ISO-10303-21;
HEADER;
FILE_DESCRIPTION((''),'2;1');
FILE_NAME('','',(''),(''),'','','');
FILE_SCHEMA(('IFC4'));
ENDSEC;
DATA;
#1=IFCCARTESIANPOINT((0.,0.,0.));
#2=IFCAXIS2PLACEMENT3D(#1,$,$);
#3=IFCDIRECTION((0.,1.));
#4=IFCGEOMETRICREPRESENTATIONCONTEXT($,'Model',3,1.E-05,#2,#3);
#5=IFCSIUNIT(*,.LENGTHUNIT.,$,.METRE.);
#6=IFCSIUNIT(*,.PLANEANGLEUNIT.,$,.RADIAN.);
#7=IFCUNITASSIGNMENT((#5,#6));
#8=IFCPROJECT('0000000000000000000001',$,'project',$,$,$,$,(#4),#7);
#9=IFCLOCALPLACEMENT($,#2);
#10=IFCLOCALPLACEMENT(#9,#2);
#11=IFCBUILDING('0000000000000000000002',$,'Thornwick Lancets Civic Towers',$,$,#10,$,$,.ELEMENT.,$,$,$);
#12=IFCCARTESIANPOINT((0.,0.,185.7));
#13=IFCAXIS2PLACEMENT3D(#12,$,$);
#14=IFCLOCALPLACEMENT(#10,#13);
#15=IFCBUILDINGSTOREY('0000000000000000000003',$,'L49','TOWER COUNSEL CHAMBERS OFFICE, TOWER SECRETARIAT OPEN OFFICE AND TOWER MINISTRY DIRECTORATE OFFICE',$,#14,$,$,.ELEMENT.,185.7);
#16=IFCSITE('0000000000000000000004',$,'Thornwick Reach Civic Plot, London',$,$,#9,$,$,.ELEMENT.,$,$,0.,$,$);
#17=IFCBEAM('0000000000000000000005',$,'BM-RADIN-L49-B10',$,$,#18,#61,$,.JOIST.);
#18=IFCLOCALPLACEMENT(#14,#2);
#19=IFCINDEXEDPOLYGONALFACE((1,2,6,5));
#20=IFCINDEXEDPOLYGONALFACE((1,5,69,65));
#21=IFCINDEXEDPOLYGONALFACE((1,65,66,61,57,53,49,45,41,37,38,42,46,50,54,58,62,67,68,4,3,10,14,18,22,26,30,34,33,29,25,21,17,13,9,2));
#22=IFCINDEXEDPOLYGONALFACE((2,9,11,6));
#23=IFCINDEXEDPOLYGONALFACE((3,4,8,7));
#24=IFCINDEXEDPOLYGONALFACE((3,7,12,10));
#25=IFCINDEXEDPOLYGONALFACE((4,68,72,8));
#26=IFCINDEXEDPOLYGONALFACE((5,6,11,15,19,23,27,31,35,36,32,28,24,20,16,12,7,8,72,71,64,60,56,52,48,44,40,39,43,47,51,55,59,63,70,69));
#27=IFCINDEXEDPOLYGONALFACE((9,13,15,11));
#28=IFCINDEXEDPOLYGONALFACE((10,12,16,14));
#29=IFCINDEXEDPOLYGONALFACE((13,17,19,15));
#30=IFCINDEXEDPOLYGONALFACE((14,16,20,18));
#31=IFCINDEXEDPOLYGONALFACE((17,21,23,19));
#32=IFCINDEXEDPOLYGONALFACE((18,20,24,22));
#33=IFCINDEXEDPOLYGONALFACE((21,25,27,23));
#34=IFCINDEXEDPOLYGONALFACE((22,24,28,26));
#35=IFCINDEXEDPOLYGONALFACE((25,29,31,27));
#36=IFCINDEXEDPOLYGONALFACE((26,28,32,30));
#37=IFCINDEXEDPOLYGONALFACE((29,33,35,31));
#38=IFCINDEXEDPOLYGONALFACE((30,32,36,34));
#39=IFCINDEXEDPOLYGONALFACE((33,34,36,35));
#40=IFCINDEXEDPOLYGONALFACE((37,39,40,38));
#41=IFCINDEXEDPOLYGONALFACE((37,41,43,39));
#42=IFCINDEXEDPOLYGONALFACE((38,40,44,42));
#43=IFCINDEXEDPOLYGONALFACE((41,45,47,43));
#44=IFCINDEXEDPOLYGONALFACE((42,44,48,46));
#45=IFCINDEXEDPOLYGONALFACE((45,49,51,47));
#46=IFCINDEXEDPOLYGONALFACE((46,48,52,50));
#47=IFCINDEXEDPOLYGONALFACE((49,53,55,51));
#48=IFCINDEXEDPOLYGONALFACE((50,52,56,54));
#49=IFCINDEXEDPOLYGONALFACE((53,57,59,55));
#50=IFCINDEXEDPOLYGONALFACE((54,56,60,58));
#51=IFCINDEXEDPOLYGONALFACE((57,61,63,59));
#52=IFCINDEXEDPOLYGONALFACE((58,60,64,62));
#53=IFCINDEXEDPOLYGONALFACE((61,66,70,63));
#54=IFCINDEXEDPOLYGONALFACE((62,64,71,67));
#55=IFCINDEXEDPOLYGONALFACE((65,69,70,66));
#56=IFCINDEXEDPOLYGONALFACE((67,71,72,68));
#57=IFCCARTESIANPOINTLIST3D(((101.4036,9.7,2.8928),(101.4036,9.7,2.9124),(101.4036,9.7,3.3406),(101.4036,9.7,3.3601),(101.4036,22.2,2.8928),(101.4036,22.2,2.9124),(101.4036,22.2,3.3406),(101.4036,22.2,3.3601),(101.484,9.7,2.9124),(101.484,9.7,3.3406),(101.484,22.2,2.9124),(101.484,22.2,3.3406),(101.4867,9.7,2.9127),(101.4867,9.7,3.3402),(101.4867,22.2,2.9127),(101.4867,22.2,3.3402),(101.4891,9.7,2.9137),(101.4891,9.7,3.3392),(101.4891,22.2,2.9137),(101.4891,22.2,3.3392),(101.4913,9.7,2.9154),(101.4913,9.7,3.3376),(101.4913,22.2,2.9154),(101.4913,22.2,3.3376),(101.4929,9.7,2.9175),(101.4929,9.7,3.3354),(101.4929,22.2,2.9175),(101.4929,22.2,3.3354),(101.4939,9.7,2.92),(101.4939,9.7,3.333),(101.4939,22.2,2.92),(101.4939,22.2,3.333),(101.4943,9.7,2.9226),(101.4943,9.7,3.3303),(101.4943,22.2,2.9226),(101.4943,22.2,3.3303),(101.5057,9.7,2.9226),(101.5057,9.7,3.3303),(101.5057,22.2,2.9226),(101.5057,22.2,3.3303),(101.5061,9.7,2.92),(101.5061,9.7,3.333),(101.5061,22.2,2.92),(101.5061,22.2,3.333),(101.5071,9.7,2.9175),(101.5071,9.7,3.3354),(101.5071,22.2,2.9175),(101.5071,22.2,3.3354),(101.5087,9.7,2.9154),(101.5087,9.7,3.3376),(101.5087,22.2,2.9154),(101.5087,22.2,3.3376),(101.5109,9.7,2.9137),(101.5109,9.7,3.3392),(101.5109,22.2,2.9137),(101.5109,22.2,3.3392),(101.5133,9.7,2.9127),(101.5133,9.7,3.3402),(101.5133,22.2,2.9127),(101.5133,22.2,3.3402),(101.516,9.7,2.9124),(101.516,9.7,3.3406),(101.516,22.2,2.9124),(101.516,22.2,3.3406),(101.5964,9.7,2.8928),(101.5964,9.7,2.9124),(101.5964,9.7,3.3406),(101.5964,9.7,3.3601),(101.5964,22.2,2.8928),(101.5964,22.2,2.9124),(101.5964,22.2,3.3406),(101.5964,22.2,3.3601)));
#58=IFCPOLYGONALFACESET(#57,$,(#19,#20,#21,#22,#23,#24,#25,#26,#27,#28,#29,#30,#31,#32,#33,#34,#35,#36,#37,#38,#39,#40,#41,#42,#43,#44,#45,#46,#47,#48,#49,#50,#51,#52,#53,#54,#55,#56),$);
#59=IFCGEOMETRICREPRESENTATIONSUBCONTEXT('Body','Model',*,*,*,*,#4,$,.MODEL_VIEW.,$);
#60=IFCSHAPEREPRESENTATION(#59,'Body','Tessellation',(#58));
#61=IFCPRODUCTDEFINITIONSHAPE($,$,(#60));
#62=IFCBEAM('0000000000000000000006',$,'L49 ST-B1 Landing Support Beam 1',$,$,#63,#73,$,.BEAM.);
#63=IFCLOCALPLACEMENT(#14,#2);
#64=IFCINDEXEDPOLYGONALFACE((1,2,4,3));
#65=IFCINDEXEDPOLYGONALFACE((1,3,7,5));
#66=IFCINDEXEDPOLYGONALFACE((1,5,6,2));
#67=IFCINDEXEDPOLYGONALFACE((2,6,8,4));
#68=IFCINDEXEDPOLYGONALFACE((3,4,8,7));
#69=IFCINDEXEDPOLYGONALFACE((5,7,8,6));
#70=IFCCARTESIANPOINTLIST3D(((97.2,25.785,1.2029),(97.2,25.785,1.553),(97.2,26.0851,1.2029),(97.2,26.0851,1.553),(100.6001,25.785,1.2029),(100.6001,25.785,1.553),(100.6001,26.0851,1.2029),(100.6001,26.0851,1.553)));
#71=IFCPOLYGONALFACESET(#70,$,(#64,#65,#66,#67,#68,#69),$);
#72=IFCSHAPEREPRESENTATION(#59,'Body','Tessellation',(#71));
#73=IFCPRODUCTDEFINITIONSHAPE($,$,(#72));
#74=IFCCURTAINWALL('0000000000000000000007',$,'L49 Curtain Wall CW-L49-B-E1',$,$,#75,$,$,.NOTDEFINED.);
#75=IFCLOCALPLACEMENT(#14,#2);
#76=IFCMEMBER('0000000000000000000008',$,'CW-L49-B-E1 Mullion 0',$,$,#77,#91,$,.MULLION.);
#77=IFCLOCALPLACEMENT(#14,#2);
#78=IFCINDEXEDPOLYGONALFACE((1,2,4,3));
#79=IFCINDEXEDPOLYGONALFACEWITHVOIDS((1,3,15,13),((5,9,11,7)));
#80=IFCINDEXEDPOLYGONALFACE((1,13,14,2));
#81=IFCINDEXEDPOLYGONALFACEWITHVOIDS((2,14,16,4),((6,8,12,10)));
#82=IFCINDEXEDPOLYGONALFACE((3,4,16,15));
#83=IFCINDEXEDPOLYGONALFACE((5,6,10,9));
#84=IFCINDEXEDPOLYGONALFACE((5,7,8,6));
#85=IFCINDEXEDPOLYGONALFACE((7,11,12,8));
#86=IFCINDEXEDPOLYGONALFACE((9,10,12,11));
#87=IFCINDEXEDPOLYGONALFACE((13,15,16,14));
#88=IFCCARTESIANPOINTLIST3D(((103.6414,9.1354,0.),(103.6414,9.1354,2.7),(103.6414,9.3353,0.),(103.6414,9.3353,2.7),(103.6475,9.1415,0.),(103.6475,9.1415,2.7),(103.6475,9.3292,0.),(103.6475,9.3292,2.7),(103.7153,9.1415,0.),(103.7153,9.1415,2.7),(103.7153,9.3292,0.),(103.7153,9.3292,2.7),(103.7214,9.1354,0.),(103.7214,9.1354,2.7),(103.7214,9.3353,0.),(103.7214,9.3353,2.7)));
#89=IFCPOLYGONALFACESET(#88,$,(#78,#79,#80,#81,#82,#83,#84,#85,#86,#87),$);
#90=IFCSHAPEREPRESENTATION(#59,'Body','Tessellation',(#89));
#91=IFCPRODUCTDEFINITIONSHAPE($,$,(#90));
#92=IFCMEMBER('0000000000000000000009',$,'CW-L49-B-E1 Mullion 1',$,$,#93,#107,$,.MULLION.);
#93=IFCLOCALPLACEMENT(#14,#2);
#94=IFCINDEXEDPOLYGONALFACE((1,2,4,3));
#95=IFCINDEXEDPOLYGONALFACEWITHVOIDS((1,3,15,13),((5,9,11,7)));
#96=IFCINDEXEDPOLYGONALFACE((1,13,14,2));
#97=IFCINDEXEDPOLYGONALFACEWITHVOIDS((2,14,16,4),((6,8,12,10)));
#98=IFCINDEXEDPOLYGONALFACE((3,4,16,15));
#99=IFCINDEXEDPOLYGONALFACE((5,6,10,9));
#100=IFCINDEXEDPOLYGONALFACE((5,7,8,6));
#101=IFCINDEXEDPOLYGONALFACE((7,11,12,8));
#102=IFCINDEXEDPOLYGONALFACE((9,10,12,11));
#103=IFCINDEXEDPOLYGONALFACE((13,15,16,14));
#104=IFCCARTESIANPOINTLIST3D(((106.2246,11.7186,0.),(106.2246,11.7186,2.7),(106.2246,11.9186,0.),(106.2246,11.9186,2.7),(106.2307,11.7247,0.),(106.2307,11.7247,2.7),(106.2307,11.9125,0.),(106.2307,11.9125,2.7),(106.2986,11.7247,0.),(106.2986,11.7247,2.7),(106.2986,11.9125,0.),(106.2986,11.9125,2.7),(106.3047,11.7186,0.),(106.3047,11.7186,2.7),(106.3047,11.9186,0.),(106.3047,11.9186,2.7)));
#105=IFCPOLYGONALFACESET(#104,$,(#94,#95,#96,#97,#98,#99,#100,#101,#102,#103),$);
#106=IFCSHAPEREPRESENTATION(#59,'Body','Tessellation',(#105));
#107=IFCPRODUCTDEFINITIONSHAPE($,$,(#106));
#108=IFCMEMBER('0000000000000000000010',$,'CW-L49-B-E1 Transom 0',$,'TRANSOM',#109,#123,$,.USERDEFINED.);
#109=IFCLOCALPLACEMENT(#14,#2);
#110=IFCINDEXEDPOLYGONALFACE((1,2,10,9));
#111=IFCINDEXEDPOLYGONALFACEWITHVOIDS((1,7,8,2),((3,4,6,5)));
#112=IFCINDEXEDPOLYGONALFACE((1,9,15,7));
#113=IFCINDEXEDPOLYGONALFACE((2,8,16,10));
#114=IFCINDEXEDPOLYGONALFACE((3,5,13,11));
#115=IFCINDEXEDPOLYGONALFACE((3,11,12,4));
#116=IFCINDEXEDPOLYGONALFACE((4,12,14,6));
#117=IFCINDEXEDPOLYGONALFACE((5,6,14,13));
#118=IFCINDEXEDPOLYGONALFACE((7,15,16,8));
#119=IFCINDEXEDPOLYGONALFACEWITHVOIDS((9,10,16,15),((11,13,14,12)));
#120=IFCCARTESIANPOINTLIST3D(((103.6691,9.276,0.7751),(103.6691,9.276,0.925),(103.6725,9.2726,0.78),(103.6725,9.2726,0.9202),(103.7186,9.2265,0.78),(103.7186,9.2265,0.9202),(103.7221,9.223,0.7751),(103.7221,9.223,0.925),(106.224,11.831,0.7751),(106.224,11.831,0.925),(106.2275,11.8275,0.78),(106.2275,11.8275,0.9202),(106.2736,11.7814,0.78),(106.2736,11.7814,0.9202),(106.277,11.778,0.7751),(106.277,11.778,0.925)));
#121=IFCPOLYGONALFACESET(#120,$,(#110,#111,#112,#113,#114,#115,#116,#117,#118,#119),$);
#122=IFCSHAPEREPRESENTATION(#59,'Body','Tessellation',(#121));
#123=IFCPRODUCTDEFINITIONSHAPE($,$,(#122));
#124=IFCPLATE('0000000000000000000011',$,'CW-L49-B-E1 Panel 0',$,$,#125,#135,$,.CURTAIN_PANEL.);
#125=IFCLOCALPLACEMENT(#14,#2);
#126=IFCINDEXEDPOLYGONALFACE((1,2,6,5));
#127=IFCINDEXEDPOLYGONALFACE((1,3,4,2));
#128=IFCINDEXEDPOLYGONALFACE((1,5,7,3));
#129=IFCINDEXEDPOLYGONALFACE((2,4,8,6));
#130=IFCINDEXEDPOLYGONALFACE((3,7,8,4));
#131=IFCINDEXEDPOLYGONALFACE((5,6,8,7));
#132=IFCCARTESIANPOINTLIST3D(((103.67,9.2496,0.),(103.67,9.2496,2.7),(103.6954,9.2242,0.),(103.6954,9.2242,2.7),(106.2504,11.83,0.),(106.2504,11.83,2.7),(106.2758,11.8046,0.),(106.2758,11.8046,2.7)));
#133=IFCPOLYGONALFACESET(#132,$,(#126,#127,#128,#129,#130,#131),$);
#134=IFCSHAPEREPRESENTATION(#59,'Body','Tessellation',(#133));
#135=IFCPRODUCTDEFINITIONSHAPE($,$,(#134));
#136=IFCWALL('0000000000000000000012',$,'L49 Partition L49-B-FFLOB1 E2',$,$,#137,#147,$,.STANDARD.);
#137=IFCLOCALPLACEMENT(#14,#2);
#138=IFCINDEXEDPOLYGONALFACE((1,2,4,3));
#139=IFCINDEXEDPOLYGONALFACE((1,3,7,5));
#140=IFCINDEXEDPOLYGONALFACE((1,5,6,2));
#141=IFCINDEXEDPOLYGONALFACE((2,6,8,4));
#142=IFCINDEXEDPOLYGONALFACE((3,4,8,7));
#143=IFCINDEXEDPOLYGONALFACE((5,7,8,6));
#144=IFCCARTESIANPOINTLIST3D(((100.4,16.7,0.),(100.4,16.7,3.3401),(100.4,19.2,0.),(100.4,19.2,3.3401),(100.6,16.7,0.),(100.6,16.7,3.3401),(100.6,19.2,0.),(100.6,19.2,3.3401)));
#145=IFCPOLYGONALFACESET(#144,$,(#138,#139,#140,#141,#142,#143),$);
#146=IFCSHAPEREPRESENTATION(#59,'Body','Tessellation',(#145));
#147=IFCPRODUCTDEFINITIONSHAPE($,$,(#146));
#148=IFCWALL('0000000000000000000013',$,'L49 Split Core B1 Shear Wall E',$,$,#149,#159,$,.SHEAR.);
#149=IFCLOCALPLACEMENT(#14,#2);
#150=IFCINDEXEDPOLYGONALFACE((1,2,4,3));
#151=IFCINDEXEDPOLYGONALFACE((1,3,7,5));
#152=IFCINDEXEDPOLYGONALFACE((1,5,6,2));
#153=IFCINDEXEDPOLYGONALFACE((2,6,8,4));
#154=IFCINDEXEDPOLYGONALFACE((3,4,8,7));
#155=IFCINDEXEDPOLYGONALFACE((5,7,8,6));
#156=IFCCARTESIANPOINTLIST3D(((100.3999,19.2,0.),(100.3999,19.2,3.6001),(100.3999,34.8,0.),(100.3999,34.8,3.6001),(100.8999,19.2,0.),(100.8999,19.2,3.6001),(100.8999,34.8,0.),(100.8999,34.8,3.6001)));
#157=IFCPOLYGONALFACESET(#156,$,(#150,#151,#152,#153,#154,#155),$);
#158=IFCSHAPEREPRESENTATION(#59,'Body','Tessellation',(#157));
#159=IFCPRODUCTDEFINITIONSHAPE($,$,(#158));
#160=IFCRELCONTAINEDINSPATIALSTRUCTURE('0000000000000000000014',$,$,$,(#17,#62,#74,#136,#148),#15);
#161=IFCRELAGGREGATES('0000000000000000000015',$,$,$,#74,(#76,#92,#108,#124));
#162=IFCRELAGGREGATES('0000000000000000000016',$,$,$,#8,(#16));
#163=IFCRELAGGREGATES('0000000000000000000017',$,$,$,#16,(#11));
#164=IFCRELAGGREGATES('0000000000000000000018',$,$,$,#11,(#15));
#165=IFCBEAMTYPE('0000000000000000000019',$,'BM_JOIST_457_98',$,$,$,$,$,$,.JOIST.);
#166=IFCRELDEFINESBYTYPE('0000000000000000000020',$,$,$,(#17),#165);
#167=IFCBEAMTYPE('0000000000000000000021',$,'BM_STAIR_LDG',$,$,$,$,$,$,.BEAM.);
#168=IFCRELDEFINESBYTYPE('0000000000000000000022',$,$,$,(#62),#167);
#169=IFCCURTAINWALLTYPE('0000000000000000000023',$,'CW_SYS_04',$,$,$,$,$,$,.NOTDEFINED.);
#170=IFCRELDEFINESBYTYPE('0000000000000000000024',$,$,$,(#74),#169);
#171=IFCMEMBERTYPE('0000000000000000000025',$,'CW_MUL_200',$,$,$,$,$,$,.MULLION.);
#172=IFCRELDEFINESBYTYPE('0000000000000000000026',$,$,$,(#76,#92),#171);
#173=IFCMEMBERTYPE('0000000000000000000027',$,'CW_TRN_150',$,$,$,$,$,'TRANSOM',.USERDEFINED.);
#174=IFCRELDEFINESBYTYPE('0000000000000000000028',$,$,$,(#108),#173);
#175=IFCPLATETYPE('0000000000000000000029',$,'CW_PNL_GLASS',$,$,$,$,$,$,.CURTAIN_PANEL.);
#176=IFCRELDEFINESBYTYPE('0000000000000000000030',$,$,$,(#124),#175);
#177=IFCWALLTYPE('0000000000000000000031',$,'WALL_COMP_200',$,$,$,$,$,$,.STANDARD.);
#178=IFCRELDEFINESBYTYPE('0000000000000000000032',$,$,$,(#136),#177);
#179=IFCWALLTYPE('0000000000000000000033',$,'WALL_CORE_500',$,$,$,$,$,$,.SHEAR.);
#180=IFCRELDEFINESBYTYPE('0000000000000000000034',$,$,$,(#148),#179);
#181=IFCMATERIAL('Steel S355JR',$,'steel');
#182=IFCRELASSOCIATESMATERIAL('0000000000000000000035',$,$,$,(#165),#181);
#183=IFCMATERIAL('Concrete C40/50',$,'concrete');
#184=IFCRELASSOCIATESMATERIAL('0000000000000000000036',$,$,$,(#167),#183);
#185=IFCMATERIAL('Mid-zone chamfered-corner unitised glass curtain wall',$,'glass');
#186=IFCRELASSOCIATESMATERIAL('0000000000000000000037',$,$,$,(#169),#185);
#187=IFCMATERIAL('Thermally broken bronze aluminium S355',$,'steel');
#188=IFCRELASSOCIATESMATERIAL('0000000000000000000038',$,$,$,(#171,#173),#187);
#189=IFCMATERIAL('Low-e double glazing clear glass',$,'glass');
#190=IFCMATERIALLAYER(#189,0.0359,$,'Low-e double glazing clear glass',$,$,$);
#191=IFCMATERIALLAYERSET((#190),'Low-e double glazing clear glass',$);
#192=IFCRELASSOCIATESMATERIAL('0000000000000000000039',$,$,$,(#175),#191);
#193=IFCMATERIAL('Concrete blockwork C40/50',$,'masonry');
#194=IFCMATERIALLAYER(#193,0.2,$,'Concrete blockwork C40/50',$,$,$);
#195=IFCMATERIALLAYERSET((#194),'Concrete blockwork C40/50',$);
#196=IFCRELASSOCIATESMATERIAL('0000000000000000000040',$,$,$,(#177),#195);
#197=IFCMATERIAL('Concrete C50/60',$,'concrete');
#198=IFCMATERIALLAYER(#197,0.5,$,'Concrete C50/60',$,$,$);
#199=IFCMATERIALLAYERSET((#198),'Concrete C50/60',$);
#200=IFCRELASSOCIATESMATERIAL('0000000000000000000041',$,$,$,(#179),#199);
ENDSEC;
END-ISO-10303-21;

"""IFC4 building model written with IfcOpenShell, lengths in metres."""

from ifc_helpers import new_model, si_unit, direction, frame, frame_2d, origin, origin_2d, place, context, subcontext, project, spatial, rectangle, hollow_rectangle, i_section, extrude, material, layer, layer_set, material_profile, profile_set, type_object, element, aggregate, save


model = new_model("IFC4")

# Units and contexts
model_context = context("Model", 3, precision=1e-05, world=origin(), true_north=direction((0.0, 1.0)))
body_context = subcontext(model_context, "Body", "Model", "MODEL_VIEW")
ifc_project = project(units=[si_unit("LENGTHUNIT", "METRE"), si_unit("PLANEANGLEUNIT", "RADIAN")], contexts=[model_context])

# Site, building, storey
site_placement = place(None, origin())
site = spatial("IfcSite", under=ifc_project, at=site_placement, Name="Thornwick Reach Civic Plot, London", CompositionType="ELEMENT", RefElevation=0.0)
building_placement = place(site_placement, origin())
building = spatial("IfcBuilding", under=site, at=building_placement, Name="Thornwick Lancets Civic Towers", CompositionType="ELEMENT")
storey_placement = place(building_placement, frame((0.0, 0.0, 185.7)))
storey = spatial("IfcBuildingStorey", under=building, at=storey_placement, Name="L49", Description="TOWER COUNSEL CHAMBERS OFFICE, TOWER SECRETARIAT OPEN OFFICE AND TOWER MINISTRY DIRECTORATE OFFICE", CompositionType="ELEMENT", Elevation=185.7)

# Shared definitions
ifc_material_1 = material(Name="Concrete C50/60", Category="concrete")

# Beams
ifc_material_2 = material(Name="Steel S355JR", Category="steel")
ifc_material_profile_1 = material_profile(ifc_material_2, i_section(OverallWidth=0.1929, OverallDepth=0.4673, WebThickness=0.0115, FlangeThickness=0.0195, FilletRadius=0.0103, at=origin_2d()), Name="UKB 457x191x98")
ifc_profile_set_1 = profile_set([ifc_material_profile_1], Name="Steel S355JR")
beam_type_1 = type_object("IfcBeamType", Name="BM_JOIST_457_98", PredefinedType="JOIST", material=ifc_profile_set_1)
beam_1_placement = place(storey_placement, frame((101.5, 22.2, 3.1265), z_axis=(0.0, -1.0, 0.0), x_axis=(1.0, 0.0, 0.0)))
element("IfcBeam", 1, at=beam_1_placement, inside=storey, type_object=beam_type_1, Name="BM-RADIN-L49-B10", PredefinedType="JOIST", context=body_context, shape_type="SweptSolid", body=[
    extrude(i_section(OverallWidth=0.1929, OverallDepth=0.4673, WebThickness=0.0115, FlangeThickness=0.0195, FilletRadius=0.0103, at=origin_2d()), origin(), (0.0, 0.0, 1.0), 12.5),
])
ifc_material_3 = material(Name="Concrete C40/50", Category="concrete")
ifc_material_profile_2 = material_profile(ifc_material_3, rectangle(XDim=0.3, YDim=0.3501, at=origin_2d()), Name="RC 300x350")
ifc_profile_set_2 = profile_set([ifc_material_profile_2], Name="Concrete C40/50")
beam_type_2 = type_object("IfcBeamType", Name="BM_STAIR_LDG", PredefinedType="BEAM", material=ifc_profile_set_2)
beam_2_placement = place(storey_placement, frame((100.6001, 25.9351, 1.3779), z_axis=(-1.0, 0.0, 0.0), x_axis=(0.0, -1.0, 0.0)))
element("IfcBeam", 2, at=beam_2_placement, inside=storey, type_object=beam_type_2, Name="L49 ST-B1 Landing Support Beam 1", PredefinedType="BEAM", context=body_context, shape_type="SweptSolid", body=[
    extrude(rectangle(XDim=0.3, YDim=0.3501, at=origin_2d()), origin(), (0.0, 0.0, 1.0), 3.4001),
])

# Curtain wall, members, plate
ifc_material_4 = material(Name="Mid-zone chamfered-corner unitised glass curtain wall", Category="glass")
curtain_wall_type = type_object("IfcCurtainWallType", Name="CW_SYS_04", PredefinedType="NOTDEFINED", material=ifc_material_4)
curtain_wall_placement = place(storey_placement, origin())
curtain_wall = element("IfcCurtainWall", 3, at=curtain_wall_placement, inside=storey, type_object=curtain_wall_type, Name="L49 Curtain Wall CW-L49-B-E1", PredefinedType="NOTDEFINED")
ifc_material_5 = material(Name="Thermally broken bronze aluminium S355", Category="steel")
ifc_material_profile_3 = material_profile(ifc_material_5, hollow_rectangle(XDim=0.0801, YDim=0.2, WallThickness=0.0061, at=origin_2d()), Name="RHS 200x80x6")
ifc_profile_set_3 = profile_set([ifc_material_profile_3], Name="Thermally broken bronze aluminium S355")
member_type_1 = type_object("IfcMemberType", Name="CW_MUL_200", PredefinedType="MULLION", material=ifc_profile_set_3)
member_1_placement = place(storey_placement, frame((103.6814, 9.2354, 0.0), z_axis=(0.0, 0.0, 1.0), x_axis=(1.0, 0.0, 0.0)))
member_1 = element("IfcMember", 4, at=member_1_placement, type_object=member_type_1, Name="CW-L49-B-E1 Mullion 0", PredefinedType="MULLION", context=body_context, shape_type="SweptSolid", body=[
    extrude(hollow_rectangle(XDim=0.0801, YDim=0.2, WallThickness=0.0061, at=origin_2d()), origin(), (0.0, 0.0, 1.0), 2.7),
])
member_2_placement = place(storey_placement, frame((106.2646, 11.8186, 0.0), z_axis=(0.0, 0.0, 1.0), x_axis=(1.0, 0.0, 0.0)))
member_2 = element("IfcMember", 5, at=member_2_placement, type_object=member_type_1, Name="CW-L49-B-E1 Mullion 1", PredefinedType="MULLION", context=body_context, shape_type="SweptSolid", body=[
    extrude(hollow_rectangle(XDim=0.0801, YDim=0.2, WallThickness=0.0061, at=origin_2d()), origin(), (0.0, 0.0, 1.0), 2.7),
])
ifc_material_profile_4 = material_profile(ifc_material_5, hollow_rectangle(XDim=0.075, YDim=0.1499, WallThickness=0.0049, at=origin_2d()), Name="RHS 150x75x5")
ifc_profile_set_4 = profile_set([ifc_material_profile_4], Name="Thermally broken bronze aluminium S355")
member_type_2 = type_object("IfcMemberType", Name="CW_TRN_150", ElementType="TRANSOM", PredefinedType="USERDEFINED", material=ifc_profile_set_4)
member_3_placement = place(storey_placement, frame((103.6956, 9.2495, 0.8501), z_axis=(0.707107, 0.707107, 0.0), x_axis=(-0.707107, 0.707107, 0.0)))
member_3 = element("IfcMember", 6, at=member_3_placement, type_object=member_type_2, Name="CW-L49-B-E1 Transom 0", ObjectType="TRANSOM", PredefinedType="USERDEFINED", context=body_context, shape_type="SweptSolid", body=[
    extrude(hollow_rectangle(XDim=0.075, YDim=0.1499, WallThickness=0.0049, at=origin_2d()), origin(), (0.0, 0.0, 1.0), 3.6133),
])
ifc_material_6 = material(Name="Low-e double glazing clear glass", Category="glass")
ifc_layer_1 = layer(ifc_material_6, 0.0359, Name="Low-e double glazing clear glass")
ifc_layer_set_1 = layer_set([ifc_layer_1], Name="Low-e double glazing clear glass")
plate_type = type_object("IfcPlateType", Name="CW_PNL_GLASS", PredefinedType="CURTAIN_PANEL", material=ifc_layer_set_1)
plate_placement = place(storey_placement, frame((104.9729, 10.5271, 0.0), z_axis=(0.0, 0.0, 1.0), x_axis=(0.707107, 0.707107, 0.0)))
plate = element("IfcPlate", 7, at=plate_placement, type_object=plate_type, Name="CW-L49-B-E1 Panel 0", PredefinedType="CURTAIN_PANEL", context=body_context, shape_type="SweptSolid", body=[
    extrude(rectangle(XDim=3.6492, YDim=0.0359, at=origin_2d()), origin(), (0.0, 0.0, 1.0), 2.7),
])
aggregate(curtain_wall, [member_1, member_2, member_3, plate])

# Walls
ifc_material_7 = material(Name="Concrete blockwork C40/50", Category="masonry")
ifc_layer_2 = layer(ifc_material_7, 0.2, Name="Concrete blockwork C40/50")
ifc_layer_set_2 = layer_set([ifc_layer_2], Name="Concrete blockwork C40/50")
wall_type_1 = type_object("IfcWallType", Name="WALL_COMP_200", PredefinedType="STANDARD", material=ifc_layer_set_2)
wall_1_placement = place(storey_placement, frame((100.5, 16.7, 0.0), z_axis=(0.0, 0.0, 1.0), x_axis=(0.0, 1.0, 0.0)))
element("IfcWall", 8, at=wall_1_placement, inside=storey, type_object=wall_type_1, Name="L49 Partition L49-B-FFLOB1 E2", PredefinedType="STANDARD", context=body_context, shape_type="SweptSolid", body=[
    extrude(rectangle(XDim=2.5, YDim=0.2, at=frame_2d((1.25, 0.0))), origin(), (0.0, 0.0, 1.0), 3.3401),
])
ifc_layer_3 = layer(ifc_material_1, 0.5, Name="Concrete C50/60")
ifc_layer_set_3 = layer_set([ifc_layer_3], Name="Concrete C50/60")
wall_type_2 = type_object("IfcWallType", Name="WALL_CORE_500", PredefinedType="SHEAR", material=ifc_layer_set_3)
wall_2_placement = place(storey_placement, frame((100.6499, 19.2, 0.0), z_axis=(0.0, 0.0, 1.0), x_axis=(0.0, 1.0, 0.0)))
element("IfcWall", 9, at=wall_2_placement, inside=storey, type_object=wall_type_2, Name="L49 Split Core B1 Shear Wall E", PredefinedType="SHEAR", context=body_context, shape_type="SweptSolid", body=[
    extrude(rectangle(XDim=15.6001, YDim=0.5, at=frame_2d((7.8, 0.0))), origin(), (0.0, 0.0, 1.0), 3.6001),
])

save(model, "model.ifc")
